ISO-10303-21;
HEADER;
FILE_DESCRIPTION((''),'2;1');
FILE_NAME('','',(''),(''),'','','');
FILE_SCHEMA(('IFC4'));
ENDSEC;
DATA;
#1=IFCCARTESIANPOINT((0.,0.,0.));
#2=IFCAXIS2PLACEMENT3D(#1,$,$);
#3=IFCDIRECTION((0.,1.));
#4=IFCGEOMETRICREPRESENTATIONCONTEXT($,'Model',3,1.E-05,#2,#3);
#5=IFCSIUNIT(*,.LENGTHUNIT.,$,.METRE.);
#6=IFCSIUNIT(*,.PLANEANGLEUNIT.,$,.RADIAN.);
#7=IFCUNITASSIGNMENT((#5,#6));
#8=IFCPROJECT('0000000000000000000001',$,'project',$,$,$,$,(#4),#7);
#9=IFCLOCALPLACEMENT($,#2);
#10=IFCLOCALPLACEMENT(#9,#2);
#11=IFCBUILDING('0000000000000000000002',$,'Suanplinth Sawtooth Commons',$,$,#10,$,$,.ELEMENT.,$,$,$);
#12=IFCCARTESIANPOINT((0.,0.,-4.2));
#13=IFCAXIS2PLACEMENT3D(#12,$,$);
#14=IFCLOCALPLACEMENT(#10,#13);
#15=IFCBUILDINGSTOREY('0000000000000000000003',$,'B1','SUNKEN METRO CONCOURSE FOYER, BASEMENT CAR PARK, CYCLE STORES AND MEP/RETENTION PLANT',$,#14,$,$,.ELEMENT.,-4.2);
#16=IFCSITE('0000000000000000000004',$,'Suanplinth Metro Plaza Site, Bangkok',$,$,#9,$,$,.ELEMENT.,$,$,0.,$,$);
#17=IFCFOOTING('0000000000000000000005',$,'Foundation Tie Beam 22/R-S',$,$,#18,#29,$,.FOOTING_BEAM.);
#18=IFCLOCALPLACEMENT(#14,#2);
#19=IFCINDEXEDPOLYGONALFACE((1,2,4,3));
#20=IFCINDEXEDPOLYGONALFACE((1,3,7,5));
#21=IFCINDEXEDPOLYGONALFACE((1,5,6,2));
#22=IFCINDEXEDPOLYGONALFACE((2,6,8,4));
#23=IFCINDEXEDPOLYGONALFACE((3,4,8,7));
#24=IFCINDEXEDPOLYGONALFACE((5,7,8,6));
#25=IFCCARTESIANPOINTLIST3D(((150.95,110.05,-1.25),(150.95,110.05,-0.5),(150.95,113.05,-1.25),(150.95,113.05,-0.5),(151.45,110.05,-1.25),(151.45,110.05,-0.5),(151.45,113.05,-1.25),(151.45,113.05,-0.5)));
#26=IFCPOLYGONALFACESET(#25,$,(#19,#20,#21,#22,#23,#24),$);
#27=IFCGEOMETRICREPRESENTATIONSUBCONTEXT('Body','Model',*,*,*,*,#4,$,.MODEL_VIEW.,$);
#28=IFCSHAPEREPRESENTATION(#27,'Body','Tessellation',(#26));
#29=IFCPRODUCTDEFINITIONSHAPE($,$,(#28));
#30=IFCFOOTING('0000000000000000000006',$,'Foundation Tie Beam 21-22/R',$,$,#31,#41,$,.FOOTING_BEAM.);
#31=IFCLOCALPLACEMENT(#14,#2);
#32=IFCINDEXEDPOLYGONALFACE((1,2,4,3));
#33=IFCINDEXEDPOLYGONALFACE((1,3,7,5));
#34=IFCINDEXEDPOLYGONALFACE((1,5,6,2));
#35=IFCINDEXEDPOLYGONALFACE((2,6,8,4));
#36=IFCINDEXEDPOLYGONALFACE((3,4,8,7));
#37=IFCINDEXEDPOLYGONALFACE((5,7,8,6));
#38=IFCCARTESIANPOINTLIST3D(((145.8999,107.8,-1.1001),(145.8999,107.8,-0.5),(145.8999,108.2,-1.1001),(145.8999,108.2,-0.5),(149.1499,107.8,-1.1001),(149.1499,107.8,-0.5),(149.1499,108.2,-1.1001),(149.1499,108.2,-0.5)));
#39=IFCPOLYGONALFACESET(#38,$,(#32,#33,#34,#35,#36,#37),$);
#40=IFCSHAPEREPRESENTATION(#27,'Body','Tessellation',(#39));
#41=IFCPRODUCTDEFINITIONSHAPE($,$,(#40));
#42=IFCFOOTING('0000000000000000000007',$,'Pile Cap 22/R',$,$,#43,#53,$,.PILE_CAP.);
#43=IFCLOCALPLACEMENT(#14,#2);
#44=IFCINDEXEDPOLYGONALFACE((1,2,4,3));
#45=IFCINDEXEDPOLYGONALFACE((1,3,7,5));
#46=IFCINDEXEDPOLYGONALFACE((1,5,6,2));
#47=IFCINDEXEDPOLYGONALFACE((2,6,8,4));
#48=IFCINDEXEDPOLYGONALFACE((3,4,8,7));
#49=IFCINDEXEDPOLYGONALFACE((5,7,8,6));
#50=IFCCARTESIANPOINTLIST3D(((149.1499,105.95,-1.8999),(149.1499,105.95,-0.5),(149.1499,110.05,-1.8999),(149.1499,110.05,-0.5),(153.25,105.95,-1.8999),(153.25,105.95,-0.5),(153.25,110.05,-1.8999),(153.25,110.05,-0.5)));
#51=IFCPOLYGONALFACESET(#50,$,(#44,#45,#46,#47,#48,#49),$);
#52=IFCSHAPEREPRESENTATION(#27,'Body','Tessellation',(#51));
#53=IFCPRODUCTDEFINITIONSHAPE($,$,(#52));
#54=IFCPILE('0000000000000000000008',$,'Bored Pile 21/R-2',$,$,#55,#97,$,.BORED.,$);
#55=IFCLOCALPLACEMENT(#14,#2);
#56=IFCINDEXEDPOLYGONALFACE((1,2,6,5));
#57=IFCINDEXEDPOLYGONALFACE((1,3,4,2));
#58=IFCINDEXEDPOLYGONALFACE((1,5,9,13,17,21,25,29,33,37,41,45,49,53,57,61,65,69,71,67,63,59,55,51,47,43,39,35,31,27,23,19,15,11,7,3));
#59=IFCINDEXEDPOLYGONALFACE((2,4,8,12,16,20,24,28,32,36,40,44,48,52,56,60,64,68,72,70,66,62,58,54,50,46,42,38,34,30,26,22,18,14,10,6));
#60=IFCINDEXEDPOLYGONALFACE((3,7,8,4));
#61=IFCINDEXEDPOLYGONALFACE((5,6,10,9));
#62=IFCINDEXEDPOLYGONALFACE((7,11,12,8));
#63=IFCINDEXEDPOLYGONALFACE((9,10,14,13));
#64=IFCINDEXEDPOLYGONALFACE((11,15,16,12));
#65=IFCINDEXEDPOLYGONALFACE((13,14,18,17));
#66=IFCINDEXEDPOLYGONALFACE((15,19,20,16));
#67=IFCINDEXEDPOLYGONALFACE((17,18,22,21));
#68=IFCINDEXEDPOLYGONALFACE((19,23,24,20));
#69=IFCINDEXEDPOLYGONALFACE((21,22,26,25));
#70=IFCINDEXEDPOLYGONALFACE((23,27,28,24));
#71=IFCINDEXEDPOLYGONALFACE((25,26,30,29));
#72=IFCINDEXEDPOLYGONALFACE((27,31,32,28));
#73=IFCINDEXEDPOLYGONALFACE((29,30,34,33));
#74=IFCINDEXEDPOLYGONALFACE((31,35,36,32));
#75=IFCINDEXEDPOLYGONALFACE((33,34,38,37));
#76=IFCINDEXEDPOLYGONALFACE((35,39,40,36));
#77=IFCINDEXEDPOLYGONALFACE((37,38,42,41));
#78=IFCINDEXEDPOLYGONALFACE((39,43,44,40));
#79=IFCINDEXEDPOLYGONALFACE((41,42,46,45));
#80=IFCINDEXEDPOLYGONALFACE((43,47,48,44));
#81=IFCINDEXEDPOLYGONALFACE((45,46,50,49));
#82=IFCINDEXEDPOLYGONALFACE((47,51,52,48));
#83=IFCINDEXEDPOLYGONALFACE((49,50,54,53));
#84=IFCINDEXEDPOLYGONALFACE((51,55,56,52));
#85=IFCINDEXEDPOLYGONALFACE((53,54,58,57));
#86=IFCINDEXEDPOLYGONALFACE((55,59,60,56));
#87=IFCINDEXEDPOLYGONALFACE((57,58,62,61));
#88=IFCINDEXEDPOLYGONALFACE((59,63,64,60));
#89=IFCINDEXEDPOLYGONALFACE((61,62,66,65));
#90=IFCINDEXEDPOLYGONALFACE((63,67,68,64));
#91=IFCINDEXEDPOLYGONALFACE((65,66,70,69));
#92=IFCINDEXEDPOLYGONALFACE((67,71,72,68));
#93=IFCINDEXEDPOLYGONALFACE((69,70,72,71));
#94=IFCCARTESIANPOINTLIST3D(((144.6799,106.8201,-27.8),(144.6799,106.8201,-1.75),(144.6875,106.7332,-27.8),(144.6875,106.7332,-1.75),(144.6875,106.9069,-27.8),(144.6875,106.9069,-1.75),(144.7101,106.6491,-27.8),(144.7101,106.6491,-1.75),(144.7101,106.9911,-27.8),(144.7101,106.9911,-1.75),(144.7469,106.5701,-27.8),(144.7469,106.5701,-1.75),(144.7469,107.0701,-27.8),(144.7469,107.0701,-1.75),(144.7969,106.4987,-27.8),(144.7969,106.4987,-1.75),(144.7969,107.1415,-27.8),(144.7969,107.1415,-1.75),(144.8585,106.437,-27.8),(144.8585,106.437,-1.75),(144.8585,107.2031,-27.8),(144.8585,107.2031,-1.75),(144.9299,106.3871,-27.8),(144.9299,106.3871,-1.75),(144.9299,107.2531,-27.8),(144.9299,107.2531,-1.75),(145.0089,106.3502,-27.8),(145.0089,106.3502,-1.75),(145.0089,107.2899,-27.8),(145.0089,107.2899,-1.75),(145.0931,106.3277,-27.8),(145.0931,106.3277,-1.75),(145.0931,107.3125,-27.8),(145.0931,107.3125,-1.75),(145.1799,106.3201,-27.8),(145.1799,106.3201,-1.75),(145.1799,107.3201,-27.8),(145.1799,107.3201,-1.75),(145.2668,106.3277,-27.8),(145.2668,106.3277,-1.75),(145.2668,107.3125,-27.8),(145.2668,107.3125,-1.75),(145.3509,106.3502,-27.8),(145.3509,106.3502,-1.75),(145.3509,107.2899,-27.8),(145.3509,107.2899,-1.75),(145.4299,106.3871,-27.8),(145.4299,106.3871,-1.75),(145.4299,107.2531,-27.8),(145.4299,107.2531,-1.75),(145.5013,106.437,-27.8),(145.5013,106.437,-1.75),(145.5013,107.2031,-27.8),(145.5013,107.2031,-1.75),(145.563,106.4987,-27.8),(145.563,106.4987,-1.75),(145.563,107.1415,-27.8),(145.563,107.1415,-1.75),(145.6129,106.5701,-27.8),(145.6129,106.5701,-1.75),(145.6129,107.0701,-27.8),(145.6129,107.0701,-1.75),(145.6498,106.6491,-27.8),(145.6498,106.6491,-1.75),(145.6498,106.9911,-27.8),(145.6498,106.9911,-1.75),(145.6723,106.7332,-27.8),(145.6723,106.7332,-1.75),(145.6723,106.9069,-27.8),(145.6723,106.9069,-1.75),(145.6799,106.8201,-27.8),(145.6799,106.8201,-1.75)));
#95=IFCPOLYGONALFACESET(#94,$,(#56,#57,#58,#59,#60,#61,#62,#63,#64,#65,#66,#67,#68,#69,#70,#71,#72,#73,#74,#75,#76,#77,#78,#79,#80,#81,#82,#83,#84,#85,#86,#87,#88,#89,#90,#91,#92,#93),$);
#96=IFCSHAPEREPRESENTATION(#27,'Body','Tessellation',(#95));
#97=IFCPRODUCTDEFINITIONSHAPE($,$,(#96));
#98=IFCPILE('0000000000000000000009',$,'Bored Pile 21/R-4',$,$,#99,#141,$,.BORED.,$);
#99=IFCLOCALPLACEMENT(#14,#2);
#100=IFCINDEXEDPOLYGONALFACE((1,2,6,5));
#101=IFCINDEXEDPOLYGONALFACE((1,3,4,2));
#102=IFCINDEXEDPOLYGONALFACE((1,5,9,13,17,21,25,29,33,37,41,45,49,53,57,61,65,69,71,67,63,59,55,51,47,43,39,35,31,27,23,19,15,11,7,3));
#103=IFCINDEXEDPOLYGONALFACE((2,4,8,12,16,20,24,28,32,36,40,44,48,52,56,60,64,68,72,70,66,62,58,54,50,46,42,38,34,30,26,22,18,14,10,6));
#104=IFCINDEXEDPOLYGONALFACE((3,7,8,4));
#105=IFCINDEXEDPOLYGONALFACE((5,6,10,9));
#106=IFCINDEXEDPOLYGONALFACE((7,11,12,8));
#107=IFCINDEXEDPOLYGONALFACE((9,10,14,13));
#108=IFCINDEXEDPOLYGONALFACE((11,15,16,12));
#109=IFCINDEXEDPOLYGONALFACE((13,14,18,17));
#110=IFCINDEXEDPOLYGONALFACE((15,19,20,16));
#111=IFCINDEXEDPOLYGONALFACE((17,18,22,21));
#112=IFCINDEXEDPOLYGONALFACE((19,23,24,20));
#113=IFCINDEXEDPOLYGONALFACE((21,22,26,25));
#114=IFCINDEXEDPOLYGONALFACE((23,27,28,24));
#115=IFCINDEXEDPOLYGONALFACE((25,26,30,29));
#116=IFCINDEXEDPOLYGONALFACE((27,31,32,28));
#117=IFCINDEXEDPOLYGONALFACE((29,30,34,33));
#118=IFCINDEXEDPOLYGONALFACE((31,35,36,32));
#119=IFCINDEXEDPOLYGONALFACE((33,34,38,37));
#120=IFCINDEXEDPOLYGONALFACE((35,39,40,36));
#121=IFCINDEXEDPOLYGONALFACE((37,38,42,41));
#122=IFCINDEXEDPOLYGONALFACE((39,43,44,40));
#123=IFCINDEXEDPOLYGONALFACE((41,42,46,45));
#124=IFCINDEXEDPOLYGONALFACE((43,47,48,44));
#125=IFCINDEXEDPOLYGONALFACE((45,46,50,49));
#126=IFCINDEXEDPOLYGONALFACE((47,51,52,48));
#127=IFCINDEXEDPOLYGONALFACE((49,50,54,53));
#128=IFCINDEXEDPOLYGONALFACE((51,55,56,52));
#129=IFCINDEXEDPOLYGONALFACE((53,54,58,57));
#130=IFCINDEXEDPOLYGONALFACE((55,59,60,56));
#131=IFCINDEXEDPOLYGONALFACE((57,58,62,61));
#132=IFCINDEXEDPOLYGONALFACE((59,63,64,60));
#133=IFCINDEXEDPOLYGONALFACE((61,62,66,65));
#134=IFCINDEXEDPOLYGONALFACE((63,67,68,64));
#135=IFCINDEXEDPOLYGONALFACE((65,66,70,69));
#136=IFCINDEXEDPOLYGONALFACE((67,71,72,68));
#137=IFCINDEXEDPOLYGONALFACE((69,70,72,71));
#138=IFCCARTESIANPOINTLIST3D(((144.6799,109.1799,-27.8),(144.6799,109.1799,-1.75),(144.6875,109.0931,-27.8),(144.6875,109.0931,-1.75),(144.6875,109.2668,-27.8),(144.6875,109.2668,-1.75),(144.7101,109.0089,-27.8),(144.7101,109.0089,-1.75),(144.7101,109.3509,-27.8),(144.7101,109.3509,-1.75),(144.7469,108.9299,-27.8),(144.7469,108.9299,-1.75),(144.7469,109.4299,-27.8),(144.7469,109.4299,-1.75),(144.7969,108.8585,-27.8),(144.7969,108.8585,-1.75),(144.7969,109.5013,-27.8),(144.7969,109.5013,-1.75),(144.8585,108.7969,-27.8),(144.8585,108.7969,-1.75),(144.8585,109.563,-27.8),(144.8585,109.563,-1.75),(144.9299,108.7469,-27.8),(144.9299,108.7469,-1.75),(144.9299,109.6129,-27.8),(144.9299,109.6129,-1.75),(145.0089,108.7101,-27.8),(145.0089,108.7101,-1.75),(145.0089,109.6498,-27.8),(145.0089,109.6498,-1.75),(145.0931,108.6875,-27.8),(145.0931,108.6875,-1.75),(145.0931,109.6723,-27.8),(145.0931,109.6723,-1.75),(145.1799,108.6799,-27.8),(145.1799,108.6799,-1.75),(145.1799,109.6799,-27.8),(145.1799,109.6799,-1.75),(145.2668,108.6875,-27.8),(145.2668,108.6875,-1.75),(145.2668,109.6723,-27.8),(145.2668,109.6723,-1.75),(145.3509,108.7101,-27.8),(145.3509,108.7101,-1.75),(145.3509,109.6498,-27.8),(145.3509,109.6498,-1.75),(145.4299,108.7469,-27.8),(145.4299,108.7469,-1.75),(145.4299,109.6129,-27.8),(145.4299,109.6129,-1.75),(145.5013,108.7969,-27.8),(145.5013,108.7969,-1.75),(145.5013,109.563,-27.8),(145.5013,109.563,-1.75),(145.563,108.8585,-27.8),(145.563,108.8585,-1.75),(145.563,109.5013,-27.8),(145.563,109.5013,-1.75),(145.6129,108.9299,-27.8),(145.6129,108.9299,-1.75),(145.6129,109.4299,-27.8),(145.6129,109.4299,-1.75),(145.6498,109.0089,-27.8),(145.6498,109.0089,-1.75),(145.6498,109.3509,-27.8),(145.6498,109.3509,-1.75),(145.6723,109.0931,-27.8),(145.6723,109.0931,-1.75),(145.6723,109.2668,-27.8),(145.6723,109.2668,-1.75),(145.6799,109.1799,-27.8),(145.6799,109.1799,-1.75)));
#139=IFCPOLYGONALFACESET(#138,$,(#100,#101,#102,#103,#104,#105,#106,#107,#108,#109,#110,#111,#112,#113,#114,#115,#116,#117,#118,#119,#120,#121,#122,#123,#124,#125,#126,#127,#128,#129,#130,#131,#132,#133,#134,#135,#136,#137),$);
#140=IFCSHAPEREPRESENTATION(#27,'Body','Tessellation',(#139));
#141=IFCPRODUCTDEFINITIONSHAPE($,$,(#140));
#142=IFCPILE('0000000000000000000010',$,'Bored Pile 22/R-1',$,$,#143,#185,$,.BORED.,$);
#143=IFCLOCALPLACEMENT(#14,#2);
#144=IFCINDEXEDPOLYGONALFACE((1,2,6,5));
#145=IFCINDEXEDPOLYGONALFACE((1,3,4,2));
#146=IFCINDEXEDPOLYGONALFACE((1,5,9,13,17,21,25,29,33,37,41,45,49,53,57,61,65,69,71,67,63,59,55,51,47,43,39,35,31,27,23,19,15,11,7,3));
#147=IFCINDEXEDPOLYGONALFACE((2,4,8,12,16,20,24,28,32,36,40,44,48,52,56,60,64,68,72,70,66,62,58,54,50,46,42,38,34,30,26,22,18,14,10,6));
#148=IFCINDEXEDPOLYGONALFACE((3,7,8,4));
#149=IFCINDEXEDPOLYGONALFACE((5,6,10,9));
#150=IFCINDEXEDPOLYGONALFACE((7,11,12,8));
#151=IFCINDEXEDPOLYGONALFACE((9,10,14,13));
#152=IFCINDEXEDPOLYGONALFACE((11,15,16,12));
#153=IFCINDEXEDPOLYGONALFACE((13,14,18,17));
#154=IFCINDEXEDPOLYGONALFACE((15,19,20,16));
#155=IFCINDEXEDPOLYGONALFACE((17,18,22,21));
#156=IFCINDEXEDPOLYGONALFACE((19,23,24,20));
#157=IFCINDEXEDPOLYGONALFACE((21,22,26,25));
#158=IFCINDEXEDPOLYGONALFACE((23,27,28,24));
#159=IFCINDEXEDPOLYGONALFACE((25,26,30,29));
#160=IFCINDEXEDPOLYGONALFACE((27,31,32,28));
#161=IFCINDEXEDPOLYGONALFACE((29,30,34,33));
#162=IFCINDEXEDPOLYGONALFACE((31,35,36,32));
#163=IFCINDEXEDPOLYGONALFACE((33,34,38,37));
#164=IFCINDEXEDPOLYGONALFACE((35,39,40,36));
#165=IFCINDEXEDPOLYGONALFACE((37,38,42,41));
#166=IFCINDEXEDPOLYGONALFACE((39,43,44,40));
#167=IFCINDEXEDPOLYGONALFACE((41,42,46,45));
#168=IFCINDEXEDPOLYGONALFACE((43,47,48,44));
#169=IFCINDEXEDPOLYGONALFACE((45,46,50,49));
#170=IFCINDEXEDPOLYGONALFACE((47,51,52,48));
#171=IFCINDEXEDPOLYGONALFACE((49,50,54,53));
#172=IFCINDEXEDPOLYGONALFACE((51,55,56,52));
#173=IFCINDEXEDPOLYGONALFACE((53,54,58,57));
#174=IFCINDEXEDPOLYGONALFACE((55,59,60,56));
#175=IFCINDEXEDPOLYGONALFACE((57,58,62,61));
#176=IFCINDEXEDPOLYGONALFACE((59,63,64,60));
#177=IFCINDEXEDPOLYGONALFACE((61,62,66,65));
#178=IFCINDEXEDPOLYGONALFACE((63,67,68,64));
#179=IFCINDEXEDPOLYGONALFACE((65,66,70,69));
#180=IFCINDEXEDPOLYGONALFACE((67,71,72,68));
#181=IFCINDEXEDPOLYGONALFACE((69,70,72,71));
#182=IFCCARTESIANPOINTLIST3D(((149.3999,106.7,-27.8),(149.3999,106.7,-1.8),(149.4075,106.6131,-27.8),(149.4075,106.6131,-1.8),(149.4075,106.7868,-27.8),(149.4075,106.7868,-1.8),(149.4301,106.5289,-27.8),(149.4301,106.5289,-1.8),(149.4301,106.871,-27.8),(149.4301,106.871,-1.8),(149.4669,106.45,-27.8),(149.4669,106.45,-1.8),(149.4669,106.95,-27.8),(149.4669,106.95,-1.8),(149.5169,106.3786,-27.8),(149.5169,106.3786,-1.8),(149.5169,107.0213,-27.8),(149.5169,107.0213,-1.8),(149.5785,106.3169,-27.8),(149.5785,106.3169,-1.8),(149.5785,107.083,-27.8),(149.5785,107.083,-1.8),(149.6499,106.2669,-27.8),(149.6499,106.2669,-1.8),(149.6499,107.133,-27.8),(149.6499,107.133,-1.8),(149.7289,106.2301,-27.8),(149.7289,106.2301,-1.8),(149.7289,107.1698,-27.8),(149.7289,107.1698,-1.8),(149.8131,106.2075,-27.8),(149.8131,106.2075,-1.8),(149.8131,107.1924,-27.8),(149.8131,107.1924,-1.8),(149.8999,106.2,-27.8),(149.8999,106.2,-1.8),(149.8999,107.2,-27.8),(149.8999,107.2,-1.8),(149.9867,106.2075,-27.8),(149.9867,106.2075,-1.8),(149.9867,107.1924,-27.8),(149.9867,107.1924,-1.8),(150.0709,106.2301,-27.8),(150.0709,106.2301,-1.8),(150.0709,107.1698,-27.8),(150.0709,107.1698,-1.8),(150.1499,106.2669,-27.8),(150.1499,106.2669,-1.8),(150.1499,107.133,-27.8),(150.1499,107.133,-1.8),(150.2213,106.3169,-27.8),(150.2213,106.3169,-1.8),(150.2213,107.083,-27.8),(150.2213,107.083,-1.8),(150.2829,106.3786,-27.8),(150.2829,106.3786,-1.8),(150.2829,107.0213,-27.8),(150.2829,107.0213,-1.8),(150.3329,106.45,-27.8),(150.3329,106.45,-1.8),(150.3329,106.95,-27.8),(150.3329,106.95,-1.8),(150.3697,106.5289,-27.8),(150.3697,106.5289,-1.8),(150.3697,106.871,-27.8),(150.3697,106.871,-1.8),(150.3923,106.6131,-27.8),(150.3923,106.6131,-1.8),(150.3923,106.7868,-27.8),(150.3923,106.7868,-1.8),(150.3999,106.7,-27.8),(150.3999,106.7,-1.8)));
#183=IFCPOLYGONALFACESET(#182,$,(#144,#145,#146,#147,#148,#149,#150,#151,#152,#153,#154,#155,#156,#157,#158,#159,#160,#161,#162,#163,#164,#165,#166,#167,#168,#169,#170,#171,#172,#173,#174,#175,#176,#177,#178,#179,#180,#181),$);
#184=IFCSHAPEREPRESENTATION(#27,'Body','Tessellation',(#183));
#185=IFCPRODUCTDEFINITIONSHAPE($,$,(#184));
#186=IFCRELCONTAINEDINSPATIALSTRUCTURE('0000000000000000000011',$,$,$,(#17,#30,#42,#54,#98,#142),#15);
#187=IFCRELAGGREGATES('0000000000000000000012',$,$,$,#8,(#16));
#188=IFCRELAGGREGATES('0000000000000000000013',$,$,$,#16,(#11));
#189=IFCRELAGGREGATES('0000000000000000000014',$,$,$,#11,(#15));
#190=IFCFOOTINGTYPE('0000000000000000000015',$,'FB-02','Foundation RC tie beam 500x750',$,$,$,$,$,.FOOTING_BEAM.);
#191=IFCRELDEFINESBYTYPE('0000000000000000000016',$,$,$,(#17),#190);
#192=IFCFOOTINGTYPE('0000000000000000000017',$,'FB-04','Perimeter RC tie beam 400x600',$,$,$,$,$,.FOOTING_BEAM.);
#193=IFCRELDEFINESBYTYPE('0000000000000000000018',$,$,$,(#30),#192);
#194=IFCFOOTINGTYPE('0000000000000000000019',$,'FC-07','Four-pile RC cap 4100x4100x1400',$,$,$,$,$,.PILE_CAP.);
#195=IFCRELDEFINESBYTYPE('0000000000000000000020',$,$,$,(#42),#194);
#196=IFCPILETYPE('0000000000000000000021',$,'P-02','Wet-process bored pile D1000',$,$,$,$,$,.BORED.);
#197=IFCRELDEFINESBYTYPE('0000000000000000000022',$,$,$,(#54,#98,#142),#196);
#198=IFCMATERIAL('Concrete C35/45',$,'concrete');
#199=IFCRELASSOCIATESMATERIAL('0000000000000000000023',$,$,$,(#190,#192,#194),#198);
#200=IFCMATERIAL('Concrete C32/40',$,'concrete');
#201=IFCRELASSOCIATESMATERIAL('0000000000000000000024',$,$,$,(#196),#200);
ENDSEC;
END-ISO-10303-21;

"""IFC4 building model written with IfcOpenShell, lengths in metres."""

from ifc_helpers import new_model, si_unit, direction, frame, origin, origin_2d, place, context, subcontext, project, spatial, rectangle, circle, extrude, material, material_profile, profile_set, type_object, element, save


model = new_model("IFC4")

# Units and contexts
model_context = context("Model", 3, precision=1e-05, world=origin(), true_north=direction((0.0, 1.0)))
body_context = subcontext(model_context, "Body", "Model", "MODEL_VIEW")
ifc_project = project(units=[si_unit("LENGTHUNIT", "METRE"), si_unit("PLANEANGLEUNIT", "RADIAN")], contexts=[model_context])

# Site, building, storey
site_placement = place(None, origin())
site = spatial("IfcSite", under=ifc_project, at=site_placement, Name="Suanplinth Metro Plaza Site, Bangkok", CompositionType="ELEMENT", RefElevation=0.0)
building_placement = place(site_placement, origin())
building = spatial("IfcBuilding", under=site, at=building_placement, Name="Suanplinth Sawtooth Commons", CompositionType="ELEMENT")
storey_placement = place(building_placement, frame((0.0, 0.0, -4.2)))
storey = spatial("IfcBuildingStorey", under=building, at=storey_placement, Name="B1", Description="SUNKEN METRO CONCOURSE FOYER, BASEMENT CAR PARK, CYCLE STORES AND MEP/RETENTION PLANT", CompositionType="ELEMENT", Elevation=-4.2)

# Footings
ifc_material_1 = material(Name="Concrete C35/45", Category="concrete")
ifc_material_profile_1 = material_profile(ifc_material_1, rectangle(XDim=0.5, YDim=0.75, at=origin_2d()), Name="RC-GDR 500x750")
ifc_profile_set_1 = profile_set([ifc_material_profile_1], Name="Concrete C35/45")
footing_type_1 = type_object("IfcFootingType", Name="FB-02", Description="Foundation RC tie beam 500x750", PredefinedType="FOOTING_BEAM", material=ifc_profile_set_1)
footing_1_placement = place(storey_placement, frame((151.2, 110.05, -0.875), z_axis=(0.0, 1.0, 0.0), x_axis=(-1.0, 0.0, 0.0)))
element("IfcFooting", 1, at=footing_1_placement, inside=storey, type_object=footing_type_1, Name="Foundation Tie Beam 22/R-S", PredefinedType="FOOTING_BEAM", context=body_context, shape_type="SweptSolid", body=[
    extrude(rectangle(XDim=0.5, YDim=0.75, at=origin_2d()), origin(), (0.0, 0.0, 1.0), 3.0),
])
ifc_material_profile_2 = material_profile(ifc_material_1, rectangle(XDim=0.3999, YDim=0.6001, at=origin_2d()), Name="PC-GDR 400x600")
ifc_profile_set_2 = profile_set([ifc_material_profile_2], Name="Concrete C35/45")
footing_type_2 = type_object("IfcFootingType", Name="FB-04", Description="Perimeter RC tie beam 400x600", PredefinedType="FOOTING_BEAM", material=ifc_profile_set_2)
footing_2_placement = place(storey_placement, frame((145.8999, 108.0, -0.8), z_axis=(1.0, 0.0, 0.0), x_axis=(0.0, 1.0, 0.0)))
element("IfcFooting", 2, at=footing_2_placement, inside=storey, type_object=footing_type_2, Name="Foundation Tie Beam 21-22/R", PredefinedType="FOOTING_BEAM", context=body_context, shape_type="SweptSolid", body=[
    extrude(rectangle(XDim=0.3999, YDim=0.6001, at=origin_2d()), origin(), (0.0, 0.0, 1.0), 3.25),
])
footing_type_3 = type_object("IfcFootingType", Name="FC-07", Description="Four-pile RC cap 4100x4100x1400", PredefinedType="PILE_CAP", material=ifc_material_1)
footing_3_placement = place(storey_placement, frame((151.2, 108.0, -1.8999), z_axis=(0.0, 0.0, 1.0), x_axis=(1.0, 0.0, 0.0)))
element("IfcFooting", 3, at=footing_3_placement, inside=storey, type_object=footing_type_3, Name="Pile Cap 22/R", PredefinedType="PILE_CAP", context=body_context, shape_type="SweptSolid", body=[
    extrude(rectangle(XDim=4.1001, YDim=4.1001, at=origin_2d()), origin(), (0.0, 0.0, 1.0), 1.3999),
])

# Piles
ifc_material_2 = material(Name="Concrete C32/40", Category="concrete")
ifc_material_profile_3 = material_profile(ifc_material_2, circle(Radius=0.5, at=origin_2d()), Name="PILE D1000")
ifc_profile_set_3 = profile_set([ifc_material_profile_3], Name="Concrete C32/40")
pile_type = type_object("IfcPileType", Name="P-02", Description="Wet-process bored pile D1000", PredefinedType="BORED", material=ifc_profile_set_3)
for number, where, z_axis, x_axis, name in (
    (4, (145.1799, 106.8201, -1.75), (0.0, 0.0, -1.0), (1.0, 0.0, 0.0), "Bored Pile 21/R-2"),
    (5, (145.1799, 109.1799, -1.75), (0.0, 0.0, -1.0), (1.0, 0.0, 0.0), "Bored Pile 21/R-4"),
):
    element("IfcPile", number, at=place(storey_placement, frame(where, z_axis=z_axis, x_axis=x_axis)), inside=storey, type_object=pile_type, Name=name, PredefinedType="BORED", context=body_context, shape_type="SweptSolid", body=[
        extrude(circle(Radius=0.5, at=origin_2d()), origin(), (0.0, 0.0, 1.0), 26.05),
    ])
for number, where, z_axis, x_axis, name in (
    (6, (149.8999, 106.7, -1.8), (0.0, 0.0, -1.0), (1.0, 0.0, 0.0), "Bored Pile 22/R-1"),
):
    element("IfcPile", number, at=place(storey_placement, frame(where, z_axis=z_axis, x_axis=x_axis)), inside=storey, type_object=pile_type, Name=name, PredefinedType="BORED", context=body_context, shape_type="SweptSolid", body=[
        extrude(circle(Radius=0.5, at=origin_2d()), origin(), (0.0, 0.0, 1.0), 26.0),
    ])

save(model, "model.ifc")
